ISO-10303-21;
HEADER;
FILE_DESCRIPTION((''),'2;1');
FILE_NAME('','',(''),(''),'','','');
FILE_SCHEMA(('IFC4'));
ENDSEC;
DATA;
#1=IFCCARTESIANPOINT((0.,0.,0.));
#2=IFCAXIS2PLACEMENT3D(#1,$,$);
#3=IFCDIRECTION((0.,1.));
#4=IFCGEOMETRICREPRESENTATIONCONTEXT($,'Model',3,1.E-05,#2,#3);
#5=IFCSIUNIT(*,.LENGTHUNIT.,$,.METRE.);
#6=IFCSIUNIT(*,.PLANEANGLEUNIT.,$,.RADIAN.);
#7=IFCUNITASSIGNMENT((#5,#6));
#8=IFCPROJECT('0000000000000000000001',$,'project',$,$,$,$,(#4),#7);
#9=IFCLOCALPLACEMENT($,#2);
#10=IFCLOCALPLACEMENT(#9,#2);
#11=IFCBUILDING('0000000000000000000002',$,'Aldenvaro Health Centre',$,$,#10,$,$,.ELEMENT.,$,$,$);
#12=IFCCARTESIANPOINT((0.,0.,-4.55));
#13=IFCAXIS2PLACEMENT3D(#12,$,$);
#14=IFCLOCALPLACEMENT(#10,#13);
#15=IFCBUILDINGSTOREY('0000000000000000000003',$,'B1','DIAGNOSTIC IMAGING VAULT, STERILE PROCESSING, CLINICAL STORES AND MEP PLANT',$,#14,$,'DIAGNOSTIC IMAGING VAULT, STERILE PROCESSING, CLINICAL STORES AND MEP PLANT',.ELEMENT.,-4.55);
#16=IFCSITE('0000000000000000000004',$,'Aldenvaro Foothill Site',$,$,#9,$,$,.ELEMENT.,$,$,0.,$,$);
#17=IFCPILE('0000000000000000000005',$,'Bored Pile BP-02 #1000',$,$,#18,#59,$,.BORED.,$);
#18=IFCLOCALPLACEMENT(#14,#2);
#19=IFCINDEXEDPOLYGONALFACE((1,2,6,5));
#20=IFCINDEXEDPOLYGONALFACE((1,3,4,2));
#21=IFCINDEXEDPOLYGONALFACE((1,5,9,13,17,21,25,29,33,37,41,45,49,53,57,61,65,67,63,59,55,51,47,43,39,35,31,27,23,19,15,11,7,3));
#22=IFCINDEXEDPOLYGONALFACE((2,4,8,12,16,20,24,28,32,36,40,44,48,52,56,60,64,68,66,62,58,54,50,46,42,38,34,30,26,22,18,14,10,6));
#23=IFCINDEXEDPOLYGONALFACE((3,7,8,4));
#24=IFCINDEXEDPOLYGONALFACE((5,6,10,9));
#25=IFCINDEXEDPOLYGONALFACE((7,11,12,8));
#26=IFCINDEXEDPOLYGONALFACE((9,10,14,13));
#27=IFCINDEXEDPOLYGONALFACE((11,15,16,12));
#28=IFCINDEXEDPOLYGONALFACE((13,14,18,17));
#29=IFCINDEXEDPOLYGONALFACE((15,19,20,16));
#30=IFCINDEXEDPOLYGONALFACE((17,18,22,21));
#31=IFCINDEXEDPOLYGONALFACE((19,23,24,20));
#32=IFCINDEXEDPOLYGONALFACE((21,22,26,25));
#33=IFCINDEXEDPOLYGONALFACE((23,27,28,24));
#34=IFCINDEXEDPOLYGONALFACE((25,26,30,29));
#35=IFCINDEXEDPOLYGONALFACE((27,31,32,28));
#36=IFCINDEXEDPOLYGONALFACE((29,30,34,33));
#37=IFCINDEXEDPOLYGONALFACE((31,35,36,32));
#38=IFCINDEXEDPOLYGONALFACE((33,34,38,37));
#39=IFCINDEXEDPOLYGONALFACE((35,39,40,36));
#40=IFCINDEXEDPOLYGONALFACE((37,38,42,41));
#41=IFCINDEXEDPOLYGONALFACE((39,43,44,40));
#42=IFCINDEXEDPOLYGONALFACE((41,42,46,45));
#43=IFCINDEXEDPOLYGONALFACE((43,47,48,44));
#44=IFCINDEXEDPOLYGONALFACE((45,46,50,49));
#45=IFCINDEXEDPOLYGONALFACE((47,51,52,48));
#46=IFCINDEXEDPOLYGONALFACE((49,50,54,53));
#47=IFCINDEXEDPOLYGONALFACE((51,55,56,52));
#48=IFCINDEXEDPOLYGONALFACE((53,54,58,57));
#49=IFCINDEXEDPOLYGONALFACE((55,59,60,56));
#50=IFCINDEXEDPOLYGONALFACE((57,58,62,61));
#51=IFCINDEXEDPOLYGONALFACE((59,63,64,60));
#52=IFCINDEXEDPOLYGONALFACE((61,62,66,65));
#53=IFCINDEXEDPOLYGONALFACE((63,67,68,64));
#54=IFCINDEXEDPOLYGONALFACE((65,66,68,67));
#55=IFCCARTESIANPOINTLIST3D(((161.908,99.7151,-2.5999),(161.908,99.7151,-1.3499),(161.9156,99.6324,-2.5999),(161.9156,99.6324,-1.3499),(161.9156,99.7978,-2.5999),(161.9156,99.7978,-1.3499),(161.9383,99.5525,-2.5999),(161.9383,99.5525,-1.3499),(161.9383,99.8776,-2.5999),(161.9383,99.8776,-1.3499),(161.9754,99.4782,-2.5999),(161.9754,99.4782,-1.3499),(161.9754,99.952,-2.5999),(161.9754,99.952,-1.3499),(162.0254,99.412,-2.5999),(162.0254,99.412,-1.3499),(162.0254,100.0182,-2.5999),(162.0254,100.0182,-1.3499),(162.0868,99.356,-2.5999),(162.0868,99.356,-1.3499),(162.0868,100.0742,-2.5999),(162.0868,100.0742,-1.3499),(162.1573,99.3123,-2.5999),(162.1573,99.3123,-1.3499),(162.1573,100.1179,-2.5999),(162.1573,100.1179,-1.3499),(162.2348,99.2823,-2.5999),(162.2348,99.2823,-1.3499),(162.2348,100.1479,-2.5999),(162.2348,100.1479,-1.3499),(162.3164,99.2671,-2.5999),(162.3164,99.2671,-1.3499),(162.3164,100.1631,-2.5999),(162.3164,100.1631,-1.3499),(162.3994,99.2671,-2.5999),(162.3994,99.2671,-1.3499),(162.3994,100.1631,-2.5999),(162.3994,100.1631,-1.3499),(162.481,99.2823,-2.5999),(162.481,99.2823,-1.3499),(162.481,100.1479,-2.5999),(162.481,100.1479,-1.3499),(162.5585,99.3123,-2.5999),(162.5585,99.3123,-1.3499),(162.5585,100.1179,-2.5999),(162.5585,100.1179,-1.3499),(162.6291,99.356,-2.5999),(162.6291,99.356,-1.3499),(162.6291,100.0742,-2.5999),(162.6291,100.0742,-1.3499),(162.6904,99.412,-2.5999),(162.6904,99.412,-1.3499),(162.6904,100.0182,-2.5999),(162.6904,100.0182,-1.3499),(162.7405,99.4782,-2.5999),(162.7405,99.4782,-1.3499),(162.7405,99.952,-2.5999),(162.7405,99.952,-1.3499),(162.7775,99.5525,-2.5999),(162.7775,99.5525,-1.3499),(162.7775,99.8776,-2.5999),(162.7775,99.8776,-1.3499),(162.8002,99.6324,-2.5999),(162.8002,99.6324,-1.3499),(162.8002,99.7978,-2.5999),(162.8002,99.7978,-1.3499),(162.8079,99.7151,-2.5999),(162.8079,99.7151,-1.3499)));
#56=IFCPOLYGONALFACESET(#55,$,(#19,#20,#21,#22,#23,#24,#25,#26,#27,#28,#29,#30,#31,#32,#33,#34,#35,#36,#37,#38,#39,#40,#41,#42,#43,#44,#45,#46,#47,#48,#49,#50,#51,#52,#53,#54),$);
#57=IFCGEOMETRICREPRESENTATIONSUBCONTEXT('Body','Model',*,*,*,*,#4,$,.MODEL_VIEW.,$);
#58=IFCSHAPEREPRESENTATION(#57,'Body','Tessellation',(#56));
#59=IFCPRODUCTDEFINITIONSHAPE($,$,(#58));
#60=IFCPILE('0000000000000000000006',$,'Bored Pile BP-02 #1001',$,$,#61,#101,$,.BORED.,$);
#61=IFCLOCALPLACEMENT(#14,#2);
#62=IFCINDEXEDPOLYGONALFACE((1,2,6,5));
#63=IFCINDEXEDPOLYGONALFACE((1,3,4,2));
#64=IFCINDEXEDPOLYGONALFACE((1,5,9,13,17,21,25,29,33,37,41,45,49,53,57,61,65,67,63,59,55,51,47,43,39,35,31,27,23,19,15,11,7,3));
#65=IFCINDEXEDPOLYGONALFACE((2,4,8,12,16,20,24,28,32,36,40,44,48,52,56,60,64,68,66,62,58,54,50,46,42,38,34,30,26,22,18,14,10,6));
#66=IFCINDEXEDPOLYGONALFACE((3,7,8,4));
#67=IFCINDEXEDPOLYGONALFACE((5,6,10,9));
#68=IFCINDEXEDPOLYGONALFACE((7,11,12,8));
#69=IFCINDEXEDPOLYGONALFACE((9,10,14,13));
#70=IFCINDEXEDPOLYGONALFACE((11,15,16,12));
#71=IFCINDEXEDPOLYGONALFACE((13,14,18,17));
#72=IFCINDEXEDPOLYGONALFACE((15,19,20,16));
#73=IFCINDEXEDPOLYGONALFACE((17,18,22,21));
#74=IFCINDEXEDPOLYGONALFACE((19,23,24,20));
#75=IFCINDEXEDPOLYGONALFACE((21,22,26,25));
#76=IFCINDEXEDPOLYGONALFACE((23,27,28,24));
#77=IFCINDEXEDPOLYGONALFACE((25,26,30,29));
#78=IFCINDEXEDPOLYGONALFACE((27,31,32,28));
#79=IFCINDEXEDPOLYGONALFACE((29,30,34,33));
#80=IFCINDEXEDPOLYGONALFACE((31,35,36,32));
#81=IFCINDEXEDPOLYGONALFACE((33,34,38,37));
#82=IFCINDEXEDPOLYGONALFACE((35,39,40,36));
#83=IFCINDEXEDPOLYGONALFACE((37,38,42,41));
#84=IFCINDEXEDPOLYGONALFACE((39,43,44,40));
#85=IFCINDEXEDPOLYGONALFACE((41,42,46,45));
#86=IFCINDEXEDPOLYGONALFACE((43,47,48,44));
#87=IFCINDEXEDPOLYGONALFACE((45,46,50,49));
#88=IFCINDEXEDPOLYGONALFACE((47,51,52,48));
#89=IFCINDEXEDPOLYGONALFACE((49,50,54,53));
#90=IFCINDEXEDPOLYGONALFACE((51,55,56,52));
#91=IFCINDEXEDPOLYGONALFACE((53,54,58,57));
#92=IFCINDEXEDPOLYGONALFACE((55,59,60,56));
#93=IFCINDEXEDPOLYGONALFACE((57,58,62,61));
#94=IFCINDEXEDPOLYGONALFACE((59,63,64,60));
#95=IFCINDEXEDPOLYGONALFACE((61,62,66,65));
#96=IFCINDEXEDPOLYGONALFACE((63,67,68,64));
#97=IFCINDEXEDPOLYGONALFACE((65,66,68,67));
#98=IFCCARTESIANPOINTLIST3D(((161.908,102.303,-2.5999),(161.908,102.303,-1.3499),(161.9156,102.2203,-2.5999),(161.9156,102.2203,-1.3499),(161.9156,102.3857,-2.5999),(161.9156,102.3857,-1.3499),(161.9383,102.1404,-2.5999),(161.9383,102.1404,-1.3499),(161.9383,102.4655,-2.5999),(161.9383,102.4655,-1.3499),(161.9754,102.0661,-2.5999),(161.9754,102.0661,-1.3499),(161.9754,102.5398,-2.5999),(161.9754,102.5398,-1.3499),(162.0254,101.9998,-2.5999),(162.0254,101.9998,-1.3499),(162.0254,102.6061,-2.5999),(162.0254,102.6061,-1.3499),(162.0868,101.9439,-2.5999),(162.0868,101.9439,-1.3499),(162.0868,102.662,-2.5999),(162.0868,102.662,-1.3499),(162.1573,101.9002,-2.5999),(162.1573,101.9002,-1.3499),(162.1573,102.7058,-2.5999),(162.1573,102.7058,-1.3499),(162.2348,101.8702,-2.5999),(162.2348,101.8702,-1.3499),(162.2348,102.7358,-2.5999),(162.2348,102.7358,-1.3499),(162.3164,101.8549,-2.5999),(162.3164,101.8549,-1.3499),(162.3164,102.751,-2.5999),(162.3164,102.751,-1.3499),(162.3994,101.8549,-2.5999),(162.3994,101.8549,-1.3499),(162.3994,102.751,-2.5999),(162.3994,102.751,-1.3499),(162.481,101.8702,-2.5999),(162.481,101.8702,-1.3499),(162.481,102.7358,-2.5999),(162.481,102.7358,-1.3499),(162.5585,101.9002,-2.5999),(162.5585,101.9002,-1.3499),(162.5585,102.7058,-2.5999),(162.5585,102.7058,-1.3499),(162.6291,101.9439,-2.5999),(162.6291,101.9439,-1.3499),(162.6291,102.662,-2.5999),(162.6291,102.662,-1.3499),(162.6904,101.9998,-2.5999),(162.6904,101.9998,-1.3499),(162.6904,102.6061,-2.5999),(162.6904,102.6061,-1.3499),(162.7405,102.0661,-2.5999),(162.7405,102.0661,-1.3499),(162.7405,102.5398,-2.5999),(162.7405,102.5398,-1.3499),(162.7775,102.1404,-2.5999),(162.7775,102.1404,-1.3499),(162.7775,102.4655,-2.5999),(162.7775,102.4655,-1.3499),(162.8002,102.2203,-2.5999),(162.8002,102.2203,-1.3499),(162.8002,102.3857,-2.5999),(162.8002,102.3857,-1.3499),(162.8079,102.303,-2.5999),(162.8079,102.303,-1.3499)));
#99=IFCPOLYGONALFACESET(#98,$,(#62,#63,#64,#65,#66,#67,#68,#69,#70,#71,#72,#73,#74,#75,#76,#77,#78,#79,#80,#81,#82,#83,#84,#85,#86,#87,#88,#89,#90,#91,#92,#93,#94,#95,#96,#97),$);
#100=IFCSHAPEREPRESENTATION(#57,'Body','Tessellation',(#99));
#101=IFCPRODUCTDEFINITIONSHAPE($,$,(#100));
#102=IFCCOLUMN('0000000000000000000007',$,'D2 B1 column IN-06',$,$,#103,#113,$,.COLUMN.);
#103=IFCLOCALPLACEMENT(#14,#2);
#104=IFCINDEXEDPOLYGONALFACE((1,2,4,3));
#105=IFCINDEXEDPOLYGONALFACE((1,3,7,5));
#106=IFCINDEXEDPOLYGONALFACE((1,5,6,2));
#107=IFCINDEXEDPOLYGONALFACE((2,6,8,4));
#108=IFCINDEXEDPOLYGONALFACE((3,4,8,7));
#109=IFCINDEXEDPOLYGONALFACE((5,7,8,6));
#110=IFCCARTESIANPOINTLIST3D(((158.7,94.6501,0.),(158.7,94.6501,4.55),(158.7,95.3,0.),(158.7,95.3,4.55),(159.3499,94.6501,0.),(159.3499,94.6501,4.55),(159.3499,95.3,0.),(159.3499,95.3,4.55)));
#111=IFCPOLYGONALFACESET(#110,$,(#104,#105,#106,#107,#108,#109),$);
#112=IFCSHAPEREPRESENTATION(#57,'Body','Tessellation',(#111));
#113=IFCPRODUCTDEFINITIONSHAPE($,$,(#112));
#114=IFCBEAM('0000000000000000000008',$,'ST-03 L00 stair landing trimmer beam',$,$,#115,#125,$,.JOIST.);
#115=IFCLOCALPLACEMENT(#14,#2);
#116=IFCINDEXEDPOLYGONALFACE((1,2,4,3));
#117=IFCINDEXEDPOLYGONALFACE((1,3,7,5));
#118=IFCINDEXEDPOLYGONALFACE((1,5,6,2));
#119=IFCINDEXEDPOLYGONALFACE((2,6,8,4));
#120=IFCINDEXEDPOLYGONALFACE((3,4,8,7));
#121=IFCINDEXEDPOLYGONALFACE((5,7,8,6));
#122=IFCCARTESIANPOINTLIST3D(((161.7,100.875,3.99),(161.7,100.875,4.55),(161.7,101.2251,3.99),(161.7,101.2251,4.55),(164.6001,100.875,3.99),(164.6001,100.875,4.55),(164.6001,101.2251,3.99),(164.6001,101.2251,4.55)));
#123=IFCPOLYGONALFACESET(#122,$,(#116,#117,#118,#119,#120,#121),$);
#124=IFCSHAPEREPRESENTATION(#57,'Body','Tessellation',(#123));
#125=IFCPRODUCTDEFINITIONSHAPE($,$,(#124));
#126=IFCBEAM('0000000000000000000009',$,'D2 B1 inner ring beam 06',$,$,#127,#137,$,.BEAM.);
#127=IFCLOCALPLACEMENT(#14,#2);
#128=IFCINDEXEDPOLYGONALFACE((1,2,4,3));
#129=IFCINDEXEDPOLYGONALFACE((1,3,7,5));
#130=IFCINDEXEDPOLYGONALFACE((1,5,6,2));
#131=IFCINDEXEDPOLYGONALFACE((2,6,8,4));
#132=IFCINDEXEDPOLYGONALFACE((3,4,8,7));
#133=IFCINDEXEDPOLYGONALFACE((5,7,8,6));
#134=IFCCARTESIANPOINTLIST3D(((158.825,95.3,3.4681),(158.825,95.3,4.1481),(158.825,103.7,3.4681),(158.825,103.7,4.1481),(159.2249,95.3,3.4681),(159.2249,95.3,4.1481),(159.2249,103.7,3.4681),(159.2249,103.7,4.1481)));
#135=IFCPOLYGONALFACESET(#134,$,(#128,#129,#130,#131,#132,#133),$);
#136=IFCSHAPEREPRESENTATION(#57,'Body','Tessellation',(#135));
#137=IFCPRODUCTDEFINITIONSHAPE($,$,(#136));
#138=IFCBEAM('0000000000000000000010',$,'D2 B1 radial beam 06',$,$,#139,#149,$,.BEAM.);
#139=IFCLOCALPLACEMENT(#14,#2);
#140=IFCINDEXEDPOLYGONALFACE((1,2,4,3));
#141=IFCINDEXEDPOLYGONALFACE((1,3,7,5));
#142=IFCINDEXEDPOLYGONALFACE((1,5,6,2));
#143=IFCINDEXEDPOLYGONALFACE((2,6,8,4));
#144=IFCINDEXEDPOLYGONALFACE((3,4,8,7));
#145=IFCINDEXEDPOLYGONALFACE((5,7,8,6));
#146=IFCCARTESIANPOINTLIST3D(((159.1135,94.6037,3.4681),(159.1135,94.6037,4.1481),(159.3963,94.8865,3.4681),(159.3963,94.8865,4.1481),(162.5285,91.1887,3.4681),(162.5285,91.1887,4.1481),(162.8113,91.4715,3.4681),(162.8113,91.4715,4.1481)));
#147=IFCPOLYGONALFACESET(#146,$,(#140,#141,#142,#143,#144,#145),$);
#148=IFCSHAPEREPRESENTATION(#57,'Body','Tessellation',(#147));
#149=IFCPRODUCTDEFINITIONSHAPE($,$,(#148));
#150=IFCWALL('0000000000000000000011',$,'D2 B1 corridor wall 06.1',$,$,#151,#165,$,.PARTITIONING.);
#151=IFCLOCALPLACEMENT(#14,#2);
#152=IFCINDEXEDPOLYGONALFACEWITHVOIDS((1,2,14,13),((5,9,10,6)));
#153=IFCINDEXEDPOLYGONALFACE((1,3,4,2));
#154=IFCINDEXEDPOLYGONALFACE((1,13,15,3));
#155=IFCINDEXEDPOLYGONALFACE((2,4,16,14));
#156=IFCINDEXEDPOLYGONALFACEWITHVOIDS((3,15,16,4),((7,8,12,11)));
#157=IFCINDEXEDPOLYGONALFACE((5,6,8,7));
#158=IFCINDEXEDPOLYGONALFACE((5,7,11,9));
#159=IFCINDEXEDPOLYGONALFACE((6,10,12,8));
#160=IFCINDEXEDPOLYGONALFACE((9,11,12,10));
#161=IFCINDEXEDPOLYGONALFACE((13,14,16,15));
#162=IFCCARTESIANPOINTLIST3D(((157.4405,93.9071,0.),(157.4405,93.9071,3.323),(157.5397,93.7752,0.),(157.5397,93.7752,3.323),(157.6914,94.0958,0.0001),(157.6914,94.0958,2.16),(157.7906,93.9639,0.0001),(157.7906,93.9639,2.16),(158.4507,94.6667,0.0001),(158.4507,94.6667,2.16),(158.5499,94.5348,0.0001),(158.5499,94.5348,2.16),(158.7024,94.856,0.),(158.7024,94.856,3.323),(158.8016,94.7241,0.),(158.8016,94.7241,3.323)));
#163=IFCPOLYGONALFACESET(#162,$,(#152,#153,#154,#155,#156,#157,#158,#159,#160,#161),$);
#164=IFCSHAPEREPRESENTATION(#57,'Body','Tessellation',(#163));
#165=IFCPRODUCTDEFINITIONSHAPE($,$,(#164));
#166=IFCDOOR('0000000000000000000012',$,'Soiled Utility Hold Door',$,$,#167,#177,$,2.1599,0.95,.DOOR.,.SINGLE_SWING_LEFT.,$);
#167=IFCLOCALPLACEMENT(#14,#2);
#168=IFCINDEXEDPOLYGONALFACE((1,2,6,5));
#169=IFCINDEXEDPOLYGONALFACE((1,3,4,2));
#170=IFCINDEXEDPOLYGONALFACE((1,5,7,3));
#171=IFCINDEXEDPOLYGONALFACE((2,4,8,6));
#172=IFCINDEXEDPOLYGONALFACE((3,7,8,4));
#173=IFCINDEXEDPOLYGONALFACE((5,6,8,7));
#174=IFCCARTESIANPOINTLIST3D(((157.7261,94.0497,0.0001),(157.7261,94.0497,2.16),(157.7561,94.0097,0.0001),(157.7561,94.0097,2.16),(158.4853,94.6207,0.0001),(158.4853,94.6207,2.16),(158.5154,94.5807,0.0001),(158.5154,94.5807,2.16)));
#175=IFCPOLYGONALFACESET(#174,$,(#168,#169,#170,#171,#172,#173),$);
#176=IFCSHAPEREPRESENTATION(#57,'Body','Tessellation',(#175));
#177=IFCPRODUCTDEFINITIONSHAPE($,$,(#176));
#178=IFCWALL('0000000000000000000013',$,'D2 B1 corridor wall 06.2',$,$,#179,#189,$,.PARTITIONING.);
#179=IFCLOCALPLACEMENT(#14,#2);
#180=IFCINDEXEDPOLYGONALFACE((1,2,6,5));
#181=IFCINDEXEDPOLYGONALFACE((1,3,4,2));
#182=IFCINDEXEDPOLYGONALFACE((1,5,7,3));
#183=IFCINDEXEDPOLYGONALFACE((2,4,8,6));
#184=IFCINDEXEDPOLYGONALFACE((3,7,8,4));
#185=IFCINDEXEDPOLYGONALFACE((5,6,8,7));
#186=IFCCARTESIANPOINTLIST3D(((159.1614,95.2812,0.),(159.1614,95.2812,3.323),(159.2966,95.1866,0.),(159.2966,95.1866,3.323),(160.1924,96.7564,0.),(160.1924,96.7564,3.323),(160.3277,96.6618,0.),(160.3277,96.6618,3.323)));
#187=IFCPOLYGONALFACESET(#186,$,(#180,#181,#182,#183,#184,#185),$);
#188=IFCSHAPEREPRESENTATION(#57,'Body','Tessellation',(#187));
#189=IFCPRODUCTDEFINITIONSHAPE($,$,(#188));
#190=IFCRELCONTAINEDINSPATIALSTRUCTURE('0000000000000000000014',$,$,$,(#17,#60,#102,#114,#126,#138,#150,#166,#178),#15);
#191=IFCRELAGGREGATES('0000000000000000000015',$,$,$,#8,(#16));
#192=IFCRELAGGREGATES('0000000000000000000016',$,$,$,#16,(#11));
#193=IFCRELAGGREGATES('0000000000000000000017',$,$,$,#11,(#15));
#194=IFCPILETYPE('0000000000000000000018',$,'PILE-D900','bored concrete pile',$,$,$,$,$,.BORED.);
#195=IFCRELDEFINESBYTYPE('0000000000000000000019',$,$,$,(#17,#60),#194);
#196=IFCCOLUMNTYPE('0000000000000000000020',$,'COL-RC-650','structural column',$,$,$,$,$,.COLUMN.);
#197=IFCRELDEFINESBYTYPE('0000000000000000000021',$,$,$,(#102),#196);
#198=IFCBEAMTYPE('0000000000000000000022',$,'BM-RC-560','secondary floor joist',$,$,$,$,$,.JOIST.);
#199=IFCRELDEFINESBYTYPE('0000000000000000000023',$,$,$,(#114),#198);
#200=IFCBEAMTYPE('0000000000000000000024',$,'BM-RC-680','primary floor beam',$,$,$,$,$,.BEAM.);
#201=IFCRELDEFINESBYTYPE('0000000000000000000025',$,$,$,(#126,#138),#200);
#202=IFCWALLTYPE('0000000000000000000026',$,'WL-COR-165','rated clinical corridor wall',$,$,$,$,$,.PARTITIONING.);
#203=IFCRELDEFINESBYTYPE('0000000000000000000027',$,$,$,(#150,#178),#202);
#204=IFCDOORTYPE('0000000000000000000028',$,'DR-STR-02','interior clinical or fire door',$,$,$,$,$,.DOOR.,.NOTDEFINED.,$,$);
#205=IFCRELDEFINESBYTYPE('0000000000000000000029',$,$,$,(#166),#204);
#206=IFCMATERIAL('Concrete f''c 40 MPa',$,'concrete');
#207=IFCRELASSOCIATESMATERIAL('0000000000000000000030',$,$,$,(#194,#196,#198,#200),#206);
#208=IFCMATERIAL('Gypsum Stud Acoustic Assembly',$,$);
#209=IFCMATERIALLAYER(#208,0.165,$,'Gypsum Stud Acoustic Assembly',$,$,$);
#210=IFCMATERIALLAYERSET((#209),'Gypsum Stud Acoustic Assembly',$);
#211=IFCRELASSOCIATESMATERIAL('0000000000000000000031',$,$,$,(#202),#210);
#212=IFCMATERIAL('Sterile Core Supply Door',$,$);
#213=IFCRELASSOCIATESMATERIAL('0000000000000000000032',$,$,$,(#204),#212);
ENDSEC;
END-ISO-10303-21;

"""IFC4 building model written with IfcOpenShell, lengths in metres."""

from ifc_helpers import new_model, si_unit, direction, frame, frame_2d, origin, origin_2d, place, context, subcontext, project, spatial, rectangle, circle, extrude, material, layer, layer_set, material_profile, profile_set, type_object, element, fill, save


model = new_model("IFC4")

# Units and contexts
model_context = context("Model", 3, precision=1e-05, world=origin(), true_north=direction((0.0, 1.0)))
body_context = subcontext(model_context, "Body", "Model", "MODEL_VIEW")
ifc_project = project(units=[si_unit("LENGTHUNIT", "METRE"), si_unit("PLANEANGLEUNIT", "RADIAN")], contexts=[model_context])

# Site, building, storey
site_placement = place(None, origin())
site = spatial("IfcSite", under=ifc_project, at=site_placement, Name="Aldenvaro Foothill Site", CompositionType="ELEMENT", RefElevation=0.0)
building_placement = place(site_placement, origin())
building = spatial("IfcBuilding", under=site, at=building_placement, Name="Aldenvaro Health Centre", CompositionType="ELEMENT")
storey_placement = place(building_placement, frame((0.0, 0.0, -4.55)))
storey = spatial("IfcBuildingStorey", under=building, at=storey_placement, Name="B1", Description="DIAGNOSTIC IMAGING VAULT, STERILE PROCESSING, CLINICAL STORES AND MEP PLANT", LongName="DIAGNOSTIC IMAGING VAULT, STERILE PROCESSING, CLINICAL STORES AND MEP PLANT", CompositionType="ELEMENT", Elevation=-4.55)

# Piles
ifc_material_1 = material(Name="Concrete f'c 40 MPa", Category="concrete")
ifc_material_profile_1 = material_profile(ifc_material_1, circle(Radius=0.45, at=origin_2d()), Name="PILE D900", Category="concrete")
ifc_profile_set_1 = profile_set([ifc_material_profile_1], Name="Concrete f'c 40 MPa")
pile_type = type_object("IfcPileType", Name="PILE-D900", Description="bored concrete pile", PredefinedType="BORED", material=ifc_profile_set_1)
for number, where, z_axis, x_axis, name in (
    (1, (162.3579, 99.7151, -1.3499), (0.0, 0.0, -1.0), (1.0, 0.0, 0.0), "Bored Pile BP-02 #1000"),
    (2, (162.3579, 102.303, -1.3499), (0.0, 0.0, -1.0), (1.0, 0.0, 0.0), "Bored Pile BP-02 #1001"),
):
    element("IfcPile", number, at=place(storey_placement, frame(where, z_axis=z_axis, x_axis=x_axis)), inside=storey, type_object=pile_type, Name=name, PredefinedType="BORED", context=body_context, shape_type="SweptSolid", body=[
        extrude(circle(Radius=0.45, at=origin_2d()), origin(), (0.0, 0.0, 1.0), 1.25),
    ])

# Column
ifc_material_profile_2 = material_profile(ifc_material_1, rectangle(XDim=0.6499, YDim=0.6499, at=origin_2d()), Name="RC 650x650", Category="concrete")
ifc_profile_set_2 = profile_set([ifc_material_profile_2], Name="Concrete f'c 40 MPa")
column_type = type_object("IfcColumnType", Name="COL-RC-650", Description="structural column", PredefinedType="COLUMN", material=ifc_profile_set_2)
column_placement = place(storey_placement, frame((159.0249, 94.9751, 0.0), z_axis=(0.0, 0.0, 1.0), x_axis=(1.0, 0.0, 0.0)))
element("IfcColumn", 3, at=column_placement, inside=storey, type_object=column_type, Name="D2 B1 column IN-06", PredefinedType="COLUMN", context=body_context, shape_type="SweptSolid", body=[
    extrude(rectangle(XDim=0.6499, YDim=0.6499, at=origin_2d()), origin(), (0.0, 0.0, 1.0), 4.55),
])

# Beams
ifc_material_profile_3 = material_profile(ifc_material_1, rectangle(XDim=0.3501, YDim=0.5601, at=origin_2d()), Name="RC 350x560", Category="concrete")
ifc_profile_set_3 = profile_set([ifc_material_profile_3], Name="Concrete f'c 40 MPa")
beam_type_1 = type_object("IfcBeamType", Name="BM-RC-560", Description="secondary floor joist", PredefinedType="JOIST", material=ifc_profile_set_3)
beam_1_placement = place(storey_placement, frame((161.7, 101.05, 4.27), z_axis=(1.0, 0.0, 0.0), x_axis=(0.0, 1.0, 0.0)))
element("IfcBeam", 4, at=beam_1_placement, inside=storey, type_object=beam_type_1, Name="ST-03 L00 stair landing trimmer beam", PredefinedType="JOIST", context=body_context, shape_type="SweptSolid", body=[
    extrude(rectangle(XDim=0.3501, YDim=0.5601, at=origin_2d()), origin(), (0.0, 0.0, 1.0), 2.9001),
])
ifc_material_profile_4 = material_profile(ifc_material_1, rectangle(XDim=0.3999, YDim=0.6799, at=origin_2d()), Name="RC 400x680", Category="concrete")
ifc_profile_set_4 = profile_set([ifc_material_profile_4], Name="Concrete f'c 40 MPa")
beam_type_2 = type_object("IfcBeamType", Name="BM-RC-680", Description="primary floor beam", PredefinedType="BEAM", material=ifc_profile_set_4)
beam_2_placement = place(storey_placement, frame((159.0249, 95.3, 3.8081), z_axis=(0.0, 1.0, 0.0), x_axis=(-1.0, 0.0, 0.0)))
element("IfcBeam", 5, at=beam_2_placement, inside=storey, type_object=beam_type_2, Name="D2 B1 inner ring beam 06", PredefinedType="BEAM", context=body_context, shape_type="SweptSolid", body=[
    extrude(rectangle(XDim=0.3999, YDim=0.6799, at=origin_2d()), origin(), (0.0, 0.0, 1.0), 8.3999),
])
beam_3_placement = place(storey_placement, frame((159.2549, 94.7451, 3.8081), z_axis=(0.707107, -0.707107, 0.0), x_axis=(0.707107, 0.707107, 0.0)))
element("IfcBeam", 6, at=beam_3_placement, inside=storey, type_object=beam_type_2, Name="D2 B1 radial beam 06", PredefinedType="BEAM", context=body_context, shape_type="SweptSolid", body=[
    extrude(rectangle(XDim=0.3999, YDim=0.6799, at=origin_2d()), origin(), (0.0, 0.0, 1.0), 4.8296),
])

# Wall, opening, door
ifc_material_2 = material(Name="Gypsum Stud Acoustic Assembly")
ifc_layer_1 = layer(ifc_material_2, 0.165, Name="Gypsum Stud Acoustic Assembly")
ifc_layer_set_1 = layer_set([ifc_layer_1], Name="Gypsum Stud Acoustic Assembly")
wall_type_1 = type_object("IfcWallType", Name="WL-COR-165", Description="rated clinical corridor wall", PredefinedType="PARTITIONING", material=ifc_layer_set_1)
wall_1_placement = place(storey_placement, frame((157.49, 93.8411, 0.0), z_axis=(0.0, 0.0, 1.0), x_axis=(0.799239, 0.601014, 0.0)))
wall_1 = element("IfcWall", 7, at=wall_1_placement, inside=storey, type_object=wall_type_1, Name="D2 B1 corridor wall 06.1", PredefinedType="PARTITIONING", context=body_context, shape_type="SweptSolid", body=[
    extrude(rectangle(XDim=1.5789, YDim=0.165, at=frame_2d((0.7896, 0.0))), origin(), (0.0, 0.0, 1.0), 3.323),
])
opening_placement = place(wall_1_placement, frame((0.314, 0.0, 0.0)))
opening = element("IfcOpeningElement", 8, at=opening_placement, cuts=wall_1, PredefinedType="OPENING", context=body_context, shape_type="SweptSolid", body=[
    extrude(rectangle(XDim=0.95, YDim=2.1599, at=frame_2d((0.4751, 1.0801))), frame((0.0, 0.0925, 0.0), z_axis=(0.0, -1.0, 0.0), x_axis=(1.0, 0.0, 0.0)), (0.0, 0.0, 1.0), 0.1851),
])
ifc_material_3 = material(Name="Sterile Core Supply Door")
door_type = type_object("IfcDoorType", Name="DR-STR-02", Description="interior clinical or fire door", OperationType="NOTDEFINED", PredefinedType="DOOR", material=ifc_material_3)
door_placement = place(opening_placement, origin())
door = element("IfcDoor", 9, at=door_placement, inside=storey, type_object=door_type, Name="Soiled Utility Hold Door", OperationType="SINGLE_SWING_LEFT", OverallHeight=2.1599, OverallWidth=0.95, PredefinedType="DOOR", context=body_context, shape_type="SweptSolid", body=[
    extrude(rectangle(XDim=0.95, YDim=2.1599, at=frame_2d((0.4751, 1.0801))), frame((0.0, 0.0249, 0.0), z_axis=(0.0, -1.0, 0.0), x_axis=(1.0, 0.0, 0.0)), (0.0, 0.0, 1.0), 0.05),
])
fill(opening, door)

# Wall
wall_2_placement = place(storey_placement, frame((159.229, 95.2339, 0.0), z_axis=(0.0, 0.0, 1.0), x_axis=(0.57288, 0.81964, 0.0)))
element("IfcWall", 10, at=wall_2_placement, inside=storey, type_object=wall_type_1, Name="D2 B1 corridor wall 06.2", PredefinedType="PARTITIONING", context=body_context, shape_type="SweptSolid", body=[
    extrude(rectangle(XDim=1.7998, YDim=0.165, at=frame_2d((0.8999, 0.0))), origin(), (0.0, 0.0, 1.0), 3.323),
])

save(model, "model.ifc")
